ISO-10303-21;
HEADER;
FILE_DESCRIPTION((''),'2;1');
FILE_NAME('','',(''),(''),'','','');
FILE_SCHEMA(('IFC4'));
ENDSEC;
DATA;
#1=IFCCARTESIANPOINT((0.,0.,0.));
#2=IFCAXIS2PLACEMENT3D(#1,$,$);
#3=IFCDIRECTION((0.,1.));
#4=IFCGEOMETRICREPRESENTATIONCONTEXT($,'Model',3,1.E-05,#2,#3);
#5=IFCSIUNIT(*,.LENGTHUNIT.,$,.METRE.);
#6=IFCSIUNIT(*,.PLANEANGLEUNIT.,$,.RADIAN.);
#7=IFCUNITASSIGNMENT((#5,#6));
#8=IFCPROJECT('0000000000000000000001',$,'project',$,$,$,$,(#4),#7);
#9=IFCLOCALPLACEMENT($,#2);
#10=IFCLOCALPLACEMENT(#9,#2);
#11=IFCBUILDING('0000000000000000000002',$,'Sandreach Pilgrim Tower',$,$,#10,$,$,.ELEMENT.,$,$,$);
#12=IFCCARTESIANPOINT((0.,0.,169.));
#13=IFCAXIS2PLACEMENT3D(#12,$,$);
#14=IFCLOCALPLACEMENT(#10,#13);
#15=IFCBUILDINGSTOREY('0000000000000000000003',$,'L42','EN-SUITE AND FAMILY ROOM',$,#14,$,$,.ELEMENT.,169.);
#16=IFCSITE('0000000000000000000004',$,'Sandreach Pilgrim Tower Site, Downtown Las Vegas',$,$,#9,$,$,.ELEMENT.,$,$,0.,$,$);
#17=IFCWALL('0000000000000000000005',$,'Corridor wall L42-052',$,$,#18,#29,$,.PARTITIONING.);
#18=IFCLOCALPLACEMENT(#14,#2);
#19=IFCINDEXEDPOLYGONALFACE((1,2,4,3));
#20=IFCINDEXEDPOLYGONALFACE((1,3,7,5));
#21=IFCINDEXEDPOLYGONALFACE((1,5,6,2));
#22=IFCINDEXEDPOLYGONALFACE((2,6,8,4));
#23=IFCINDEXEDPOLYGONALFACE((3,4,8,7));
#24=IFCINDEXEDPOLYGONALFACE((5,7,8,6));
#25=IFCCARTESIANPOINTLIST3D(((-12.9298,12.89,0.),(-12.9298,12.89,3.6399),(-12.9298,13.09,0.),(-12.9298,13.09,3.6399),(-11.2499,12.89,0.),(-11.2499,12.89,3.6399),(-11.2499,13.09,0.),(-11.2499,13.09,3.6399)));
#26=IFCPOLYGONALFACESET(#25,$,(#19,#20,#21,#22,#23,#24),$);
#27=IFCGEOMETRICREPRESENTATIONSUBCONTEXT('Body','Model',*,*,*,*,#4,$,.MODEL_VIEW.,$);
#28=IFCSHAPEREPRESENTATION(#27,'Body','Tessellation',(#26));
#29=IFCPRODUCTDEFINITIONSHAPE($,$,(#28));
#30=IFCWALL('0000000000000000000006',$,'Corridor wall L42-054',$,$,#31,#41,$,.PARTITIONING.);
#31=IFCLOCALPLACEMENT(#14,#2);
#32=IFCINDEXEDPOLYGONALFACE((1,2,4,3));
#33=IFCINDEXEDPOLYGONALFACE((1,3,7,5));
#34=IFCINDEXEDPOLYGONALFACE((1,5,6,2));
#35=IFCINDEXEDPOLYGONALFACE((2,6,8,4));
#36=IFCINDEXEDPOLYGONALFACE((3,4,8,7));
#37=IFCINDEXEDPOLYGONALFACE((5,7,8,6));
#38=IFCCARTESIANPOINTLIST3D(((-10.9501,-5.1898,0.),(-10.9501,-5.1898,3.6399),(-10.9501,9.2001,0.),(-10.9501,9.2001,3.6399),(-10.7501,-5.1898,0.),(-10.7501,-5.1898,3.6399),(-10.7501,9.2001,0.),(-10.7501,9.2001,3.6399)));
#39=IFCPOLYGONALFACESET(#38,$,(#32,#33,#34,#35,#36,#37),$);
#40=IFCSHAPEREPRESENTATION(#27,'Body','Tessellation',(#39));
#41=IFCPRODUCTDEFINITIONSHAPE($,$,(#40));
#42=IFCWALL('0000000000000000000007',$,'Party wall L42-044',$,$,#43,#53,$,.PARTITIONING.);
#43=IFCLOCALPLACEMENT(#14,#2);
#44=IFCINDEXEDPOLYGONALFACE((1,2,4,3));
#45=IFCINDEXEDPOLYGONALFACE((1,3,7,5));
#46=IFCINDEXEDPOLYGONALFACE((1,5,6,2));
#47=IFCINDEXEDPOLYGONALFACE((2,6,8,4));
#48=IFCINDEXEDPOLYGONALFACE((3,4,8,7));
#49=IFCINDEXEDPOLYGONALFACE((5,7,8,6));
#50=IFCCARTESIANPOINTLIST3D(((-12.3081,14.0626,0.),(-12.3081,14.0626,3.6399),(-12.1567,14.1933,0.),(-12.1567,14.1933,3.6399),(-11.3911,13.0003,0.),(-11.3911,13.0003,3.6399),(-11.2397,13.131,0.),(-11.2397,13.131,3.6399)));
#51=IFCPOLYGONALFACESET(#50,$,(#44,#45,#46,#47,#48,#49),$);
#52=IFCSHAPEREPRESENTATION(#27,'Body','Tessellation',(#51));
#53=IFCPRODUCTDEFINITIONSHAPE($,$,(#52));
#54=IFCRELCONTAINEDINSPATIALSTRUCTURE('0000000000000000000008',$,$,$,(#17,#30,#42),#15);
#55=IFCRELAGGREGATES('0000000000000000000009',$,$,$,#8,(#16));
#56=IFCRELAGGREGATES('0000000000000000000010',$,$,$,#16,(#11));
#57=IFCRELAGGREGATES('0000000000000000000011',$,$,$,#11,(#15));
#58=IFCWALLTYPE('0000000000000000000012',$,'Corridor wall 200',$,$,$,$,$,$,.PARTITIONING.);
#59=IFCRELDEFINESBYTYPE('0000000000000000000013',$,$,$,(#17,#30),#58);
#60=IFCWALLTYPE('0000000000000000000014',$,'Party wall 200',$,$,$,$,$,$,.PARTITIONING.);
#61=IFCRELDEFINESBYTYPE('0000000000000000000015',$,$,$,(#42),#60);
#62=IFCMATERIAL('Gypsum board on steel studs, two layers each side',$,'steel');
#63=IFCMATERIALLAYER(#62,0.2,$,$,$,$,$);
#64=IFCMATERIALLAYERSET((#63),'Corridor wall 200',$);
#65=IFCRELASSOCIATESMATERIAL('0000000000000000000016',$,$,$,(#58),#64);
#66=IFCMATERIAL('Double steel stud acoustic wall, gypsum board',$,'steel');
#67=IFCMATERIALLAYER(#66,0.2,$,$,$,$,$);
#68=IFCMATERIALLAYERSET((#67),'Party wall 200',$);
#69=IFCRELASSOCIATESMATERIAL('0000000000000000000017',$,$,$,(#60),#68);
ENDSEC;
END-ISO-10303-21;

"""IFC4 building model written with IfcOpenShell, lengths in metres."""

from ifc_helpers import new_model, si_unit, direction, frame, frame_2d, origin, place, context, subcontext, project, spatial, rectangle, extrude, material, layer, layer_set, type_object, element, save


model = new_model("IFC4")

# Units and contexts
model_context = context("Model", 3, precision=1e-05, world=origin(), true_north=direction((0.0, 1.0)))
body_context = subcontext(model_context, "Body", "Model", "MODEL_VIEW")
ifc_project = project(units=[si_unit("LENGTHUNIT", "METRE"), si_unit("PLANEANGLEUNIT", "RADIAN")], contexts=[model_context])

# Site, building, storey
site_placement = place(None, origin())
site = spatial("IfcSite", under=ifc_project, at=site_placement, Name="Sandreach Pilgrim Tower Site, Downtown Las Vegas", CompositionType="ELEMENT", RefElevation=0.0)
building_placement = place(site_placement, origin())
building = spatial("IfcBuilding", under=site, at=building_placement, Name="Sandreach Pilgrim Tower", CompositionType="ELEMENT")
storey_placement = place(building_placement, frame((0.0, 0.0, 169.0)))
storey = spatial("IfcBuildingStorey", under=building, at=storey_placement, Name="L42", Description="EN-SUITE AND FAMILY ROOM", CompositionType="ELEMENT", Elevation=169.0)

# Shared definitions
ifc_material_1 = material(Name="Gypsum board on steel studs, two layers each side", Category="steel")
ifc_layer_1 = layer(ifc_material_1, 0.2)
ifc_layer_set_1 = layer_set([ifc_layer_1], Name="Corridor wall 200")
wall_type_1 = type_object("IfcWallType", Name="Corridor wall 200", PredefinedType="PARTITIONING", material=ifc_layer_set_1)

# Walls
wall_1_placement = place(storey_placement, frame((-11.25, 12.99, 0.0), z_axis=(0.0, 0.0, 1.0), x_axis=(-1.0, 0.0, 0.0)))
element("IfcWall", 1, at=wall_1_placement, inside=storey, type_object=wall_type_1, Name="Corridor wall L42-052", PredefinedType="PARTITIONING", context=body_context, shape_type="SweptSolid", body=[
    extrude(rectangle(XDim=1.6799, YDim=0.2, at=frame_2d((0.8398, 0.0))), origin(), (0.0, 0.0, 1.0), 3.6399),
])
wall_2_placement = place(storey_placement, frame((-10.8501, 9.2, 0.0), z_axis=(0.0, 0.0, 1.0), x_axis=(0.0, -1.0, 0.0)))
element("IfcWall", 2, at=wall_2_placement, inside=storey, type_object=wall_type_1, Name="Corridor wall L42-054", PredefinedType="PARTITIONING", context=body_context, shape_type="SweptSolid", body=[
    extrude(rectangle(XDim=14.3899, YDim=0.2, at=frame_2d((7.1948, 0.0))), origin(), (0.0, 0.0, 1.0), 3.6399),
])

# Wall
ifc_material_2 = material(Name="Double steel stud acoustic wall, gypsum board", Category="steel")
ifc_layer_2 = layer(ifc_material_2, 0.2)
ifc_layer_set_2 = layer_set([ifc_layer_2], Name="Party wall 200")
wall_type_2 = type_object("IfcWallType", Name="Party wall 200", PredefinedType="PARTITIONING", material=ifc_layer_set_2)
wall_3_placement = place(storey_placement, frame((-12.2324, 14.1279, 0.0), z_axis=(0.0, 0.0, 1.0), x_axis=(0.653452, -0.756968, 0.0)))
element("IfcWall", 3, at=wall_3_placement, inside=storey, type_object=wall_type_2, Name="Party wall L42-044", PredefinedType="PARTITIONING", context=body_context, shape_type="SweptSolid", body=[
    extrude(rectangle(XDim=1.4033, YDim=0.2, at=frame_2d((0.7017, 0.0))), origin(), (0.0, 0.0, 1.0), 3.6399),
])

save(model, "model.ifc")
